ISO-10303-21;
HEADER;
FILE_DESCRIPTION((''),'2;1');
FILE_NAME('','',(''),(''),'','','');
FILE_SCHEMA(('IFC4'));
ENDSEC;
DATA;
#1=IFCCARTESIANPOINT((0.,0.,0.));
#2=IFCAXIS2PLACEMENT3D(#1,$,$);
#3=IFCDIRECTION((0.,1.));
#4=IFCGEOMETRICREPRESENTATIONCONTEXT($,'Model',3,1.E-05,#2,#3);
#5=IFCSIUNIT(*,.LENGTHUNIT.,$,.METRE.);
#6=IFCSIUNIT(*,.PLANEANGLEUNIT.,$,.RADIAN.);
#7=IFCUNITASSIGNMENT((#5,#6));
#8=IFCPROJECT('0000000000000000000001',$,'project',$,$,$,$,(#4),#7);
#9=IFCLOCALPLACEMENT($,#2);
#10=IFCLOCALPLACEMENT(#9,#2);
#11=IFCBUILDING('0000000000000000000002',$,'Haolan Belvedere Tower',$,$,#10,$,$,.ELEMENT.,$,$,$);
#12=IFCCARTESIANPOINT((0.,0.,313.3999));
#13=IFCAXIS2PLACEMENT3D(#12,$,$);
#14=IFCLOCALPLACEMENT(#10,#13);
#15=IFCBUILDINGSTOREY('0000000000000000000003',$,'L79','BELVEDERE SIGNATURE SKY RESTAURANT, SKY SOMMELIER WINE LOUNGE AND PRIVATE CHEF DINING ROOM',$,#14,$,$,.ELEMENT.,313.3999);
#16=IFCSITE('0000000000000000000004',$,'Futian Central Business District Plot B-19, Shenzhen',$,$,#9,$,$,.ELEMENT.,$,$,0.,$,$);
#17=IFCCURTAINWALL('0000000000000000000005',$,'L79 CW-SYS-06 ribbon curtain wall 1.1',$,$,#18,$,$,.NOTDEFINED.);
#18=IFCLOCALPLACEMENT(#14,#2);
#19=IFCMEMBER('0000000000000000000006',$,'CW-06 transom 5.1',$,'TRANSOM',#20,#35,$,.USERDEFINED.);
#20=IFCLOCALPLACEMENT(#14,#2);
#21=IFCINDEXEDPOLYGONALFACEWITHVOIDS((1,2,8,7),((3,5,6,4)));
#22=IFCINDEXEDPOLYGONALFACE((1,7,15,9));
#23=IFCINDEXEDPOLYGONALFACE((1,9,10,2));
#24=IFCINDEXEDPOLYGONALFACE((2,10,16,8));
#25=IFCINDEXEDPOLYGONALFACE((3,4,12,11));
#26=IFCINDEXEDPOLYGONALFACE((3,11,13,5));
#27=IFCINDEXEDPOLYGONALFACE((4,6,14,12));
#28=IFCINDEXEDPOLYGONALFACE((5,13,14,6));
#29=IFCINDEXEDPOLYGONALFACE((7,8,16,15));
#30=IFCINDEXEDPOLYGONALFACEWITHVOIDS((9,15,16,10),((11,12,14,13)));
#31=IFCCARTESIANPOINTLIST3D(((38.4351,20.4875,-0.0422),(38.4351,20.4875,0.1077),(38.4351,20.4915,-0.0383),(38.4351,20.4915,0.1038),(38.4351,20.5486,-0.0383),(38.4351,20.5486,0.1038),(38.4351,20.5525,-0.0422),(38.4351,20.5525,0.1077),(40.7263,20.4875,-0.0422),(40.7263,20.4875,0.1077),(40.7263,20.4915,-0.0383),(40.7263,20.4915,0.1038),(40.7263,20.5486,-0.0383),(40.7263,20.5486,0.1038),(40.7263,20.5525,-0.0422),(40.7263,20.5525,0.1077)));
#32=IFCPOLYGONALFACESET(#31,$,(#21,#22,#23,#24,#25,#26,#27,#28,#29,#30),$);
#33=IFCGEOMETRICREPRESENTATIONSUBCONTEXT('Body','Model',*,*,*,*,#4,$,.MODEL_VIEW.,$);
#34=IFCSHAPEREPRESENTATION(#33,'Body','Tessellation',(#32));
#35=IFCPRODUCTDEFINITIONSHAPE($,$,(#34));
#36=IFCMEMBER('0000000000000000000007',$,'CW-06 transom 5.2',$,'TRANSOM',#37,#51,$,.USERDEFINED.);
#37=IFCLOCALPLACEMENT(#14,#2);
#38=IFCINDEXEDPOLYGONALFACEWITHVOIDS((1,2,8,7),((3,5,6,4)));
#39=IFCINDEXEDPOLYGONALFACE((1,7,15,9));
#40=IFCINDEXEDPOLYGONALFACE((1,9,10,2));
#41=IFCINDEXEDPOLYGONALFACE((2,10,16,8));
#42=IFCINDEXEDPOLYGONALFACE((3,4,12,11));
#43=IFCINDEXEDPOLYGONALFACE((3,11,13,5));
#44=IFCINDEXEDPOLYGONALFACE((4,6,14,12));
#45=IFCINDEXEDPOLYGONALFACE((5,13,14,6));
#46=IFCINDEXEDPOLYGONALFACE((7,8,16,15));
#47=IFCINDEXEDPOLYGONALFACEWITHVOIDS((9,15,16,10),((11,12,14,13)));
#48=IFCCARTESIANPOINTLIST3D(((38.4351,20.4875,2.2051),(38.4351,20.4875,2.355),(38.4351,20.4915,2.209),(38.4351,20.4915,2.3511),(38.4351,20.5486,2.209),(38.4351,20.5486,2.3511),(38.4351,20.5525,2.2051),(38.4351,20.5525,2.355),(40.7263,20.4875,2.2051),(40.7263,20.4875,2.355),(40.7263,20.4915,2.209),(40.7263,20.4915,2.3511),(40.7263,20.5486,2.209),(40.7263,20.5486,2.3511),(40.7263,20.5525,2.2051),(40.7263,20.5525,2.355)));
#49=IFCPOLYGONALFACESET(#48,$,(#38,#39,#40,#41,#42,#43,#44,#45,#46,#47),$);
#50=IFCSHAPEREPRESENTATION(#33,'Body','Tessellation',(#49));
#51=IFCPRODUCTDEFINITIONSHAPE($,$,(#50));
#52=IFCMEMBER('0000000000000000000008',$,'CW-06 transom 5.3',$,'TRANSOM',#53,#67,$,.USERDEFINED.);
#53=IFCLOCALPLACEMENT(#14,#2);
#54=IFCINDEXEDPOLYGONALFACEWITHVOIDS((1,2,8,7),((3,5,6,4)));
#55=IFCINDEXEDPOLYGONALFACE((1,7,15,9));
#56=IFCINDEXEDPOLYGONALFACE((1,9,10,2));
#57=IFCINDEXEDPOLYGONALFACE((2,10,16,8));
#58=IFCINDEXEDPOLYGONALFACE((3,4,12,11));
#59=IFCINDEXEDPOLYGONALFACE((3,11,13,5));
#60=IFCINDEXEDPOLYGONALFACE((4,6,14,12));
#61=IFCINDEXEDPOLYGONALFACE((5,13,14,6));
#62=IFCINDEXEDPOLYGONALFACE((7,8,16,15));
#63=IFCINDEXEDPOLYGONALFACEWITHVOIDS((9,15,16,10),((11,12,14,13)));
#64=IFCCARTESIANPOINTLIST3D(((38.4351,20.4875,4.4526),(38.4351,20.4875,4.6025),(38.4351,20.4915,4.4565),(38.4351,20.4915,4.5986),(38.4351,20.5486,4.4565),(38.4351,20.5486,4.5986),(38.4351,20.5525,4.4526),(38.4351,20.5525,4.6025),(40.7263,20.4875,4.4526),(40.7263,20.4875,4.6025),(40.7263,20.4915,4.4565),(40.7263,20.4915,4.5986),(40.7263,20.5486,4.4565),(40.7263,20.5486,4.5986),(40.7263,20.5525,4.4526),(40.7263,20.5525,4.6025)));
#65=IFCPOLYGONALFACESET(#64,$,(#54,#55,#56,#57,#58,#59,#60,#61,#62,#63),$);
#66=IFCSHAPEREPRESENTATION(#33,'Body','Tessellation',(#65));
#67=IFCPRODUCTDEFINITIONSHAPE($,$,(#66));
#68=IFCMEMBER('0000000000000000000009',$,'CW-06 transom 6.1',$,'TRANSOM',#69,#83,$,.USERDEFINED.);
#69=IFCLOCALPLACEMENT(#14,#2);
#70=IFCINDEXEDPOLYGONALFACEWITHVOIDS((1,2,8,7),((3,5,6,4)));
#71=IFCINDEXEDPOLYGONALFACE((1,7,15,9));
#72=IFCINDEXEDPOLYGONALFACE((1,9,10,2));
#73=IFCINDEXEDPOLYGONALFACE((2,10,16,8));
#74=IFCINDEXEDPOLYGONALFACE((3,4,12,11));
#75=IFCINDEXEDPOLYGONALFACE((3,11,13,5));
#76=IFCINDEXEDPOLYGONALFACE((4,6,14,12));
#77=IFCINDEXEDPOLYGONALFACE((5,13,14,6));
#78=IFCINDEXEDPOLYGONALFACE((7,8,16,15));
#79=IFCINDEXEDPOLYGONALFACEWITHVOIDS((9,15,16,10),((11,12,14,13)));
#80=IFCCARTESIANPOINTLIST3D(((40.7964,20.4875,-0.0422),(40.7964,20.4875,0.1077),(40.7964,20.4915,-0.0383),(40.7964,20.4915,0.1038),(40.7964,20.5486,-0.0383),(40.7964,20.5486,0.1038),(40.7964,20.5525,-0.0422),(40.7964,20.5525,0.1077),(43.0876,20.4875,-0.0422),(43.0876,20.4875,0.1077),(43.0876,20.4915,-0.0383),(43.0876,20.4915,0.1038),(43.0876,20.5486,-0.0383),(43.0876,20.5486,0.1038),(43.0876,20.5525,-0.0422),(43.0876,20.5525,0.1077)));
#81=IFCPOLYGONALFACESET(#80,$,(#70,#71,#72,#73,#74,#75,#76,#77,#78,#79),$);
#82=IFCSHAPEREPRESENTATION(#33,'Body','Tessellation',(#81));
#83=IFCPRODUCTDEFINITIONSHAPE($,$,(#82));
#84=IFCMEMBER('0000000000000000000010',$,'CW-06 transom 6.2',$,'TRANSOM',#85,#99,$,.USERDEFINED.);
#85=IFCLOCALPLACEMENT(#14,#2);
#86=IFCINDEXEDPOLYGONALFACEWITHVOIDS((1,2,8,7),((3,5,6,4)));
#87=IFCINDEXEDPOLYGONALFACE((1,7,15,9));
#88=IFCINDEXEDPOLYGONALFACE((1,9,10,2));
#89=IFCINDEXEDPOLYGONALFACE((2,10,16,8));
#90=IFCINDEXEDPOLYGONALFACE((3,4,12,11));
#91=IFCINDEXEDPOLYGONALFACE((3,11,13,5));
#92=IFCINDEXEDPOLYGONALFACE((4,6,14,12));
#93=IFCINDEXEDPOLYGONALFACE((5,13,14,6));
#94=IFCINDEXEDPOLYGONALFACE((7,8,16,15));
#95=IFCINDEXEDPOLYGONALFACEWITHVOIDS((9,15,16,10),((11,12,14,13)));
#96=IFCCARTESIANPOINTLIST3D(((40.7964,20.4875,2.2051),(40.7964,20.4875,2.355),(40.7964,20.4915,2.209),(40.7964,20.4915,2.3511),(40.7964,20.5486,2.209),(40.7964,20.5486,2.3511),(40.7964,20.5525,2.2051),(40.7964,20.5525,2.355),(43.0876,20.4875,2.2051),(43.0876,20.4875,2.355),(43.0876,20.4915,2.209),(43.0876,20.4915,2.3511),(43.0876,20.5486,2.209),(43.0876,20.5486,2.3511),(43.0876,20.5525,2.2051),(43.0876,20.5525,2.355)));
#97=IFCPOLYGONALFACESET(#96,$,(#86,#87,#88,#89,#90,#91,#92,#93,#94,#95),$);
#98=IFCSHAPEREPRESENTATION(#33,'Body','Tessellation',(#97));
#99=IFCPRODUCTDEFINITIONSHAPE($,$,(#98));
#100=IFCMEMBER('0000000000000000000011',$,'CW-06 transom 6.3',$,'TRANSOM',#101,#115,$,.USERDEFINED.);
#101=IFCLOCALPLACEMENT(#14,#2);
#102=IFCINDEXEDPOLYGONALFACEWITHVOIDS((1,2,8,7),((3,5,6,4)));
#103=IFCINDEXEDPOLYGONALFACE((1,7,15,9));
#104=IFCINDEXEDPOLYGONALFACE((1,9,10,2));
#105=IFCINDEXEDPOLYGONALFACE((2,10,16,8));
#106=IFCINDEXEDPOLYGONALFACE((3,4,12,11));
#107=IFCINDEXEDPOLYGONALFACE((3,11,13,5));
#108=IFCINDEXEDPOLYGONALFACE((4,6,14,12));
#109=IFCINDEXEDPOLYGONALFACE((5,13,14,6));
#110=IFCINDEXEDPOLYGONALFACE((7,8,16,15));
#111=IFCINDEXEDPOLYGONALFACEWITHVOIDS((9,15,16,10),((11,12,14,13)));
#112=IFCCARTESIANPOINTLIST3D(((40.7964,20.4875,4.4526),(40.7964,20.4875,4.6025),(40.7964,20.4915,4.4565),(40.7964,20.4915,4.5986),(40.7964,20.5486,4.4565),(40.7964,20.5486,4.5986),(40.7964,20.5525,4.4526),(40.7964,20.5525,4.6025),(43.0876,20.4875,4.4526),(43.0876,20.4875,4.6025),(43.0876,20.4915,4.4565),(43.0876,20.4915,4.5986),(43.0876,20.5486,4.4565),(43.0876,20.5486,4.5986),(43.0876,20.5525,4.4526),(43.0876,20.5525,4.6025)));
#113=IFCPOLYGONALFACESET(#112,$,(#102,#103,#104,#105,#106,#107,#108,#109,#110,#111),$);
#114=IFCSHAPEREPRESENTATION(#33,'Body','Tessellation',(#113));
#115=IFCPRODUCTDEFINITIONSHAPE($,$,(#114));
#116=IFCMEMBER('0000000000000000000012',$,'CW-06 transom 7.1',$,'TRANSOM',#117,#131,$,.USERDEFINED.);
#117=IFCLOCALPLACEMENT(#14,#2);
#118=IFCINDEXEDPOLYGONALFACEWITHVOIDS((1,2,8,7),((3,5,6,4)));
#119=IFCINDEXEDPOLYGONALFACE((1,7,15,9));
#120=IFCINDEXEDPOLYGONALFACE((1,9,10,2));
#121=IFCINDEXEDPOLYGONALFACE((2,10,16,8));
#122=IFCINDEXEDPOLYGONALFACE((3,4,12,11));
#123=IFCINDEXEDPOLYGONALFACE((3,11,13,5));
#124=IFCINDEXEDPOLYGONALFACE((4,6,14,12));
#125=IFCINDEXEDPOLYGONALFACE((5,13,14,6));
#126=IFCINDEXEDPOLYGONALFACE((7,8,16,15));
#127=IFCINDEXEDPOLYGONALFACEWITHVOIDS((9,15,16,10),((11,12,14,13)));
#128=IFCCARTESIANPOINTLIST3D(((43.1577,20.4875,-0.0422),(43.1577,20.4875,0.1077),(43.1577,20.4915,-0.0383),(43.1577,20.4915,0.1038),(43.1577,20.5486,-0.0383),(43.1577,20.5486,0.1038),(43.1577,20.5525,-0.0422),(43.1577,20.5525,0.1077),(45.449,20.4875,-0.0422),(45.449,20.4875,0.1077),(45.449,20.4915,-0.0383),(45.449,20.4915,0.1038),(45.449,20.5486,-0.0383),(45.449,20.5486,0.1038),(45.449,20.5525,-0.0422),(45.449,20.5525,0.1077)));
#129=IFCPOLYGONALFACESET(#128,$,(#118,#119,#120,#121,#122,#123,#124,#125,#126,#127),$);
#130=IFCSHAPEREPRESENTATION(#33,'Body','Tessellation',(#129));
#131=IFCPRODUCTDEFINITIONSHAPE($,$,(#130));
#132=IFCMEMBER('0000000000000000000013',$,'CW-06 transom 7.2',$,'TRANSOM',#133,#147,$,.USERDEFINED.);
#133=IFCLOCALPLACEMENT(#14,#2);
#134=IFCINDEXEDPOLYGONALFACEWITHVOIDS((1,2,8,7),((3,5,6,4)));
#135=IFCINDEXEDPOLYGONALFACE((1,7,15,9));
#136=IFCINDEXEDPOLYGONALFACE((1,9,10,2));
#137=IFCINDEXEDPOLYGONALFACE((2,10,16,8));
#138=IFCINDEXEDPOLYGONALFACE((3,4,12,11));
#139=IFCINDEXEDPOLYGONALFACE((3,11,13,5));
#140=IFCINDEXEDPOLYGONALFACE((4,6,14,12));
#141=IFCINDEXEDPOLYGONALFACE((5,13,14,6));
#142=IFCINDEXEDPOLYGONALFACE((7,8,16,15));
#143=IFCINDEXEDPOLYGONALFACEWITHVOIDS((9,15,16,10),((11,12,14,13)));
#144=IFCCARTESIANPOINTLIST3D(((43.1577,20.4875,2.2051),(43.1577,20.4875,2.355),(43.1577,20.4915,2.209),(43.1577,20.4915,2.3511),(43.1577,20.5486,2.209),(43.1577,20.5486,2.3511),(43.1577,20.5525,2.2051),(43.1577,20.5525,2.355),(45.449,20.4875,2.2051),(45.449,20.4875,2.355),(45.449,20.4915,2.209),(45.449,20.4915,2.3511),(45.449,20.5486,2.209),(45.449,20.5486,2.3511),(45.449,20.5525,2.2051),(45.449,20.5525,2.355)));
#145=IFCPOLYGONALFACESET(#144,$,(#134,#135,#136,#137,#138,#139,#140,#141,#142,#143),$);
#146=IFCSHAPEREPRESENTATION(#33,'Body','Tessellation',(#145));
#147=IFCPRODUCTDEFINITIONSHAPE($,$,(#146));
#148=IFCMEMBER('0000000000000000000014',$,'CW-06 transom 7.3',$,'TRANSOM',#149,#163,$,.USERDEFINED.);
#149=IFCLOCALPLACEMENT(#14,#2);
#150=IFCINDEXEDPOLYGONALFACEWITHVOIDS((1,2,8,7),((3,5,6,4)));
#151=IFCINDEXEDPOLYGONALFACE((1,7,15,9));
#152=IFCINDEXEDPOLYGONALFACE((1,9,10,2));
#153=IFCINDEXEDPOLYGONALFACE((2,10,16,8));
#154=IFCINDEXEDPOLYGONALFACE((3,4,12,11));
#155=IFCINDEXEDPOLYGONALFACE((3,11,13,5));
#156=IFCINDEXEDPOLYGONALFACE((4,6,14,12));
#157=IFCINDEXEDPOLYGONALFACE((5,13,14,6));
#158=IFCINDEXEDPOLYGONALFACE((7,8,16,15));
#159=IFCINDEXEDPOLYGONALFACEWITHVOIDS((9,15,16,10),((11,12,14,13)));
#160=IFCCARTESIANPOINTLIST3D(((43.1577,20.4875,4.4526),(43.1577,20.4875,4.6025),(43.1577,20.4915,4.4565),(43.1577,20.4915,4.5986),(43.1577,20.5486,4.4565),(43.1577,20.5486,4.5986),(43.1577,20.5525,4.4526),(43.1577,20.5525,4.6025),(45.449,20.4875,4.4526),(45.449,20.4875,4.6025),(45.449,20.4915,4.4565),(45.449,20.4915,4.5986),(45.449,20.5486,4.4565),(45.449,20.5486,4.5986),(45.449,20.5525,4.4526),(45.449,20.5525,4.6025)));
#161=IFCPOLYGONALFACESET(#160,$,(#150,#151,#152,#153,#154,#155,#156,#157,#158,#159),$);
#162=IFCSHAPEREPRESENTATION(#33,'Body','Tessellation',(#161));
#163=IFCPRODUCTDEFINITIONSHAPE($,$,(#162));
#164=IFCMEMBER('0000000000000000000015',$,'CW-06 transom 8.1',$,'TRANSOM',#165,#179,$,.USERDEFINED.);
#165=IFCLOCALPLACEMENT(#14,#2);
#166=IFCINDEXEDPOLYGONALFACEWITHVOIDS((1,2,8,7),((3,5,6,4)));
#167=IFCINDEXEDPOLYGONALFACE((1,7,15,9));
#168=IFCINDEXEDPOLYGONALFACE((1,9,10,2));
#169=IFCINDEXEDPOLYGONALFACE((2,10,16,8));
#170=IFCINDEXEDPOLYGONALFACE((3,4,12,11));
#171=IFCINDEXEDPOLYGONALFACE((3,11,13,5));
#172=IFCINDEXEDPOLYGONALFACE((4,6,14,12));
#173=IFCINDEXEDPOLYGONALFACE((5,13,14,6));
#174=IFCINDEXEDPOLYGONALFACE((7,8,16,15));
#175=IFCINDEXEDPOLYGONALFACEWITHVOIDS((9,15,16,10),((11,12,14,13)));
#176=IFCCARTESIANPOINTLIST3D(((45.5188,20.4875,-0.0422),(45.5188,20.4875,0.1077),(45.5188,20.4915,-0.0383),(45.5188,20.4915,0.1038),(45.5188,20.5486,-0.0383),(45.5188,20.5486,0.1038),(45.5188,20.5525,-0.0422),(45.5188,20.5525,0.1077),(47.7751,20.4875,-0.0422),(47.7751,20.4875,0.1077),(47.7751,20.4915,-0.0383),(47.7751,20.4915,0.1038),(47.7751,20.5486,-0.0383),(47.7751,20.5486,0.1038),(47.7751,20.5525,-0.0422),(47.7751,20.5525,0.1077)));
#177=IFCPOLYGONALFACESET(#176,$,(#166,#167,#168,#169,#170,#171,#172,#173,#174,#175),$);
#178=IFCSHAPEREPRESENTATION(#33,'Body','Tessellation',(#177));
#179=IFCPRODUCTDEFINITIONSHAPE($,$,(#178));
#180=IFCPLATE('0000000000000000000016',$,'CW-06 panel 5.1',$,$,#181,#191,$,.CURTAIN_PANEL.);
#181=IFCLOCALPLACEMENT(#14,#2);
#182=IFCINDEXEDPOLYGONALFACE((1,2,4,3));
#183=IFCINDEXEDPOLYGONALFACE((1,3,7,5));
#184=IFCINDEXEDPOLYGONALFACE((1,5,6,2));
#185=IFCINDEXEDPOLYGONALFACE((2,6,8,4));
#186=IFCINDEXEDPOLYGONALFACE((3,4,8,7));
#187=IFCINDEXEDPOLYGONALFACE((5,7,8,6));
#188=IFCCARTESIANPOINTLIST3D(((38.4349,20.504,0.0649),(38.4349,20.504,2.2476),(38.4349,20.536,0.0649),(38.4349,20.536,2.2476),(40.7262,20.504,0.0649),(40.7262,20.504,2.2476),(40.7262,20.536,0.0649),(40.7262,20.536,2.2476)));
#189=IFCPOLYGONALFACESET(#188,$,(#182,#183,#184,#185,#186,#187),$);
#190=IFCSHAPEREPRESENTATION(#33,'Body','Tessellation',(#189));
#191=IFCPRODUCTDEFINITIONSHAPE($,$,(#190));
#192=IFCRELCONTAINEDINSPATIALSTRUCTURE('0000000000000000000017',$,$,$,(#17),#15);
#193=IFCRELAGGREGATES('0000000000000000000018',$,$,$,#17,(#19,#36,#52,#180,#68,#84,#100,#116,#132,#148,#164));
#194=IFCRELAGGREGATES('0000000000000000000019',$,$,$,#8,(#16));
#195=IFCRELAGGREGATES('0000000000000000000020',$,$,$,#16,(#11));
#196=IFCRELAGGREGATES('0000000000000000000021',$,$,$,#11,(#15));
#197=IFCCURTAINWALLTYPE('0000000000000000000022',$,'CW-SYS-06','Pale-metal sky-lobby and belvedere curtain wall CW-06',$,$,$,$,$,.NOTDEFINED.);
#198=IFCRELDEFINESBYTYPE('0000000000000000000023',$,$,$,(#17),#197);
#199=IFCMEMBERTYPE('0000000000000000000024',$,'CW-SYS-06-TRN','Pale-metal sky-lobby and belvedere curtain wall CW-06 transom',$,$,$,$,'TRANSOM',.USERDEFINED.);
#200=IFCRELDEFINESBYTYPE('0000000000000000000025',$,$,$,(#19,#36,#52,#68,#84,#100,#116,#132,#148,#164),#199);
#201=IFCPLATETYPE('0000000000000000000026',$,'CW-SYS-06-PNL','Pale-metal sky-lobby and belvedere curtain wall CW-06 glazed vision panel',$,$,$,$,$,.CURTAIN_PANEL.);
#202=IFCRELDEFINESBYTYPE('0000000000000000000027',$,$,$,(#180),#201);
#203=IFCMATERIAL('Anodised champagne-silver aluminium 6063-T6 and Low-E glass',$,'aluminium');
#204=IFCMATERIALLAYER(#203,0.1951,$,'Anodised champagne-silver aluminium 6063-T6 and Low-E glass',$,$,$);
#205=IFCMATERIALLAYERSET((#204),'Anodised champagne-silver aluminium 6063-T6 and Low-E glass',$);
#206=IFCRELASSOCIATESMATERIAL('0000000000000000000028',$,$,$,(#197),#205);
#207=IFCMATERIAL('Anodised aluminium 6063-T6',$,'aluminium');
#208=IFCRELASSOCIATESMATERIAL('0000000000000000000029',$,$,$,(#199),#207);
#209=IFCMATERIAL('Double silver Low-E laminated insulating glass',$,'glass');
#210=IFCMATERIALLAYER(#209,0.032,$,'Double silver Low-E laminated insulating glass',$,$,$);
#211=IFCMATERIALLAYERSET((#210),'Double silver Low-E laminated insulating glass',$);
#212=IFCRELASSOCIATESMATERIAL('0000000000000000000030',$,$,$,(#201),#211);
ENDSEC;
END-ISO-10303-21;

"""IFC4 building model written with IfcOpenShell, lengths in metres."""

from ifc_helpers import new_model, si_unit, direction, frame, origin, origin_2d, place, context, subcontext, project, spatial, rectangle, hollow_rectangle, extrude, material, layer, layer_set, material_profile, profile_set, type_object, element, aggregate, save


model = new_model("IFC4")

# Units and contexts
model_context = context("Model", 3, precision=1e-05, world=origin(), true_north=direction((0.0, 1.0)))
body_context = subcontext(model_context, "Body", "Model", "MODEL_VIEW")
ifc_project = project(units=[si_unit("LENGTHUNIT", "METRE"), si_unit("PLANEANGLEUNIT", "RADIAN")], contexts=[model_context])

# Site, building, storey
site_placement = place(None, origin())
site = spatial("IfcSite", under=ifc_project, at=site_placement, Name="Futian Central Business District Plot B-19, Shenzhen", CompositionType="ELEMENT", RefElevation=0.0)
building_placement = place(site_placement, origin())
building = spatial("IfcBuilding", under=site, at=building_placement, Name="Haolan Belvedere Tower", CompositionType="ELEMENT")
storey_placement = place(building_placement, frame((0.0, 0.0, 313.3999)))
storey = spatial("IfcBuildingStorey", under=building, at=storey_placement, Name="L79", Description="BELVEDERE SIGNATURE SKY RESTAURANT, SKY SOMMELIER WINE LOUNGE AND PRIVATE CHEF DINING ROOM", CompositionType="ELEMENT", Elevation=313.3999)

# Curtain wall, members, plate
ifc_material_1 = material(Name="Anodised champagne-silver aluminium 6063-T6 and Low-E glass", Category="aluminium")
ifc_layer_1 = layer(ifc_material_1, 0.1951, Name="Anodised champagne-silver aluminium 6063-T6 and Low-E glass")
ifc_layer_set_1 = layer_set([ifc_layer_1], Name="Anodised champagne-silver aluminium 6063-T6 and Low-E glass")
curtain_wall_type = type_object("IfcCurtainWallType", Name="CW-SYS-06", Description="Pale-metal sky-lobby and belvedere curtain wall CW-06", PredefinedType="NOTDEFINED", material=ifc_layer_set_1)
curtain_wall_placement = place(storey_placement, origin())
curtain_wall = element("IfcCurtainWall", 1, at=curtain_wall_placement, inside=storey, type_object=curtain_wall_type, Name="L79 CW-SYS-06 ribbon curtain wall 1.1", PredefinedType="NOTDEFINED")
ifc_material_2 = material(Name="Anodised aluminium 6063-T6", Category="aluminium")
ifc_material_profile_1 = material_profile(ifc_material_2, hollow_rectangle(XDim=0.0649, YDim=0.1499, WallThickness=0.0039, at=origin_2d()), Name="Anodised aluminium 6063-T6")
ifc_profile_set_1 = profile_set([ifc_material_profile_1], Name="Anodised aluminium 6063-T6")
member_type_1 = type_object("IfcMemberType", Name="CW-SYS-06-TRN", Description="Pale-metal sky-lobby and belvedere curtain wall CW-06 transom", ElementType="TRANSOM", PredefinedType="USERDEFINED", material=ifc_profile_set_1)
member_1_placement = place(storey_placement, frame((38.4351, 20.52, 0.0327), z_axis=(1.0, 0.0, 0.0), x_axis=(0.0, 1.0, 0.0)))
member_1 = element("IfcMember", 2, at=member_1_placement, type_object=member_type_1, Name="CW-06 transom 5.1", ObjectType="TRANSOM", PredefinedType="USERDEFINED", context=body_context, shape_type="SweptSolid", body=[
    extrude(hollow_rectangle(XDim=0.0649, YDim=0.1499, WallThickness=0.0039, at=origin_2d()), origin(), (0.0, 0.0, 1.0), 2.2913),
])
member_2_placement = place(storey_placement, frame((38.4351, 20.52, 2.28), z_axis=(1.0, 0.0, 0.0), x_axis=(0.0, 1.0, 0.0)))
member_2 = element("IfcMember", 3, at=member_2_placement, type_object=member_type_1, Name="CW-06 transom 5.2", ObjectType="TRANSOM", PredefinedType="USERDEFINED", context=body_context, shape_type="SweptSolid", body=[
    extrude(hollow_rectangle(XDim=0.0649, YDim=0.1499, WallThickness=0.0039, at=origin_2d()), origin(), (0.0, 0.0, 1.0), 2.2913),
])
member_3_placement = place(storey_placement, frame((38.4351, 20.52, 4.5276), z_axis=(1.0, 0.0, 0.0), x_axis=(0.0, 1.0, 0.0)))
member_3 = element("IfcMember", 4, at=member_3_placement, type_object=member_type_1, Name="CW-06 transom 5.3", ObjectType="TRANSOM", PredefinedType="USERDEFINED", context=body_context, shape_type="SweptSolid", body=[
    extrude(hollow_rectangle(XDim=0.0649, YDim=0.1499, WallThickness=0.0039, at=origin_2d()), origin(), (0.0, 0.0, 1.0), 2.2913),
])
member_4_placement = place(storey_placement, frame((40.7964, 20.52, 0.0327), z_axis=(1.0, 0.0, 0.0), x_axis=(0.0, 1.0, 0.0)))
member_4 = element("IfcMember", 5, at=member_4_placement, type_object=member_type_1, Name="CW-06 transom 6.1", ObjectType="TRANSOM", PredefinedType="USERDEFINED", context=body_context, shape_type="SweptSolid", body=[
    extrude(hollow_rectangle(XDim=0.0649, YDim=0.1499, WallThickness=0.0039, at=origin_2d()), origin(), (0.0, 0.0, 1.0), 2.2913),
])
member_5_placement = place(storey_placement, frame((40.7964, 20.52, 2.28), z_axis=(1.0, 0.0, 0.0), x_axis=(0.0, 1.0, 0.0)))
member_5 = element("IfcMember", 6, at=member_5_placement, type_object=member_type_1, Name="CW-06 transom 6.2", ObjectType="TRANSOM", PredefinedType="USERDEFINED", context=body_context, shape_type="SweptSolid", body=[
    extrude(hollow_rectangle(XDim=0.0649, YDim=0.1499, WallThickness=0.0039, at=origin_2d()), origin(), (0.0, 0.0, 1.0), 2.2913),
])
member_6_placement = place(storey_placement, frame((40.7964, 20.52, 4.5276), z_axis=(1.0, 0.0, 0.0), x_axis=(0.0, 1.0, 0.0)))
member_6 = element("IfcMember", 7, at=member_6_placement, type_object=member_type_1, Name="CW-06 transom 6.3", ObjectType="TRANSOM", PredefinedType="USERDEFINED", context=body_context, shape_type="SweptSolid", body=[
    extrude(hollow_rectangle(XDim=0.0649, YDim=0.1499, WallThickness=0.0039, at=origin_2d()), origin(), (0.0, 0.0, 1.0), 2.2913),
])
member_7_placement = place(storey_placement, frame((43.1577, 20.52, 0.0327), z_axis=(1.0, 0.0, 0.0), x_axis=(0.0, 1.0, 0.0)))
member_7 = element("IfcMember", 8, at=member_7_placement, type_object=member_type_1, Name="CW-06 transom 7.1", ObjectType="TRANSOM", PredefinedType="USERDEFINED", context=body_context, shape_type="SweptSolid", body=[
    extrude(hollow_rectangle(XDim=0.0649, YDim=0.1499, WallThickness=0.0039, at=origin_2d()), origin(), (0.0, 0.0, 1.0), 2.2913),
])
member_8_placement = place(storey_placement, frame((43.1577, 20.52, 2.28), z_axis=(1.0, 0.0, 0.0), x_axis=(0.0, 1.0, 0.0)))
member_8 = element("IfcMember", 9, at=member_8_placement, type_object=member_type_1, Name="CW-06 transom 7.2", ObjectType="TRANSOM", PredefinedType="USERDEFINED", context=body_context, shape_type="SweptSolid", body=[
    extrude(hollow_rectangle(XDim=0.0649, YDim=0.1499, WallThickness=0.0039, at=origin_2d()), origin(), (0.0, 0.0, 1.0), 2.2913),
])
member_9_placement = place(storey_placement, frame((43.1577, 20.52, 4.5276), z_axis=(1.0, 0.0, 0.0), x_axis=(0.0, 1.0, 0.0)))
member_9 = element("IfcMember", 10, at=member_9_placement, type_object=member_type_1, Name="CW-06 transom 7.3", ObjectType="TRANSOM", PredefinedType="USERDEFINED", context=body_context, shape_type="SweptSolid", body=[
    extrude(hollow_rectangle(XDim=0.0649, YDim=0.1499, WallThickness=0.0039, at=origin_2d()), origin(), (0.0, 0.0, 1.0), 2.2913),
])
member_10_placement = place(storey_placement, frame((45.5188, 20.52, 0.0327), z_axis=(1.0, 0.0, 0.0), x_axis=(0.0, 1.0, 0.0)))
member_10 = element("IfcMember", 11, at=member_10_placement, type_object=member_type_1, Name="CW-06 transom 8.1", ObjectType="TRANSOM", PredefinedType="USERDEFINED", context=body_context, shape_type="SweptSolid", body=[
    extrude(hollow_rectangle(XDim=0.0649, YDim=0.1499, WallThickness=0.0039, at=origin_2d()), origin(), (0.0, 0.0, 1.0), 2.2563),
])
ifc_material_3 = material(Name="Double silver Low-E laminated insulating glass", Category="glass")
ifc_layer_2 = layer(ifc_material_3, 0.032, Name="Double silver Low-E laminated insulating glass")
ifc_layer_set_2 = layer_set([ifc_layer_2], Name="Double silver Low-E laminated insulating glass")
plate_type = type_object("IfcPlateType", Name="CW-SYS-06-PNL", Description="Pale-metal sky-lobby and belvedere curtain wall CW-06 glazed vision panel", PredefinedType="CURTAIN_PANEL", material=ifc_layer_set_2)
plate_1_placement = place(storey_placement, frame((39.5806, 20.52, 0.0649), z_axis=(0.0, 0.0, 1.0), x_axis=(1.0, 0.0, 0.0)))
plate_1 = element("IfcPlate", 12, at=plate_1_placement, type_object=plate_type, Name="CW-06 panel 5.1", PredefinedType="CURTAIN_PANEL", context=body_context, shape_type="SweptSolid", body=[
    extrude(rectangle(XDim=2.2913, YDim=0.032, at=origin_2d()), origin(), (0.0, 0.0, 1.0), 2.1826),
])
aggregate(curtain_wall, [member_1, member_2, member_3, plate_1, member_4, member_5, member_6, member_7, member_8, member_9, member_10])

save(model, "model.ifc")
